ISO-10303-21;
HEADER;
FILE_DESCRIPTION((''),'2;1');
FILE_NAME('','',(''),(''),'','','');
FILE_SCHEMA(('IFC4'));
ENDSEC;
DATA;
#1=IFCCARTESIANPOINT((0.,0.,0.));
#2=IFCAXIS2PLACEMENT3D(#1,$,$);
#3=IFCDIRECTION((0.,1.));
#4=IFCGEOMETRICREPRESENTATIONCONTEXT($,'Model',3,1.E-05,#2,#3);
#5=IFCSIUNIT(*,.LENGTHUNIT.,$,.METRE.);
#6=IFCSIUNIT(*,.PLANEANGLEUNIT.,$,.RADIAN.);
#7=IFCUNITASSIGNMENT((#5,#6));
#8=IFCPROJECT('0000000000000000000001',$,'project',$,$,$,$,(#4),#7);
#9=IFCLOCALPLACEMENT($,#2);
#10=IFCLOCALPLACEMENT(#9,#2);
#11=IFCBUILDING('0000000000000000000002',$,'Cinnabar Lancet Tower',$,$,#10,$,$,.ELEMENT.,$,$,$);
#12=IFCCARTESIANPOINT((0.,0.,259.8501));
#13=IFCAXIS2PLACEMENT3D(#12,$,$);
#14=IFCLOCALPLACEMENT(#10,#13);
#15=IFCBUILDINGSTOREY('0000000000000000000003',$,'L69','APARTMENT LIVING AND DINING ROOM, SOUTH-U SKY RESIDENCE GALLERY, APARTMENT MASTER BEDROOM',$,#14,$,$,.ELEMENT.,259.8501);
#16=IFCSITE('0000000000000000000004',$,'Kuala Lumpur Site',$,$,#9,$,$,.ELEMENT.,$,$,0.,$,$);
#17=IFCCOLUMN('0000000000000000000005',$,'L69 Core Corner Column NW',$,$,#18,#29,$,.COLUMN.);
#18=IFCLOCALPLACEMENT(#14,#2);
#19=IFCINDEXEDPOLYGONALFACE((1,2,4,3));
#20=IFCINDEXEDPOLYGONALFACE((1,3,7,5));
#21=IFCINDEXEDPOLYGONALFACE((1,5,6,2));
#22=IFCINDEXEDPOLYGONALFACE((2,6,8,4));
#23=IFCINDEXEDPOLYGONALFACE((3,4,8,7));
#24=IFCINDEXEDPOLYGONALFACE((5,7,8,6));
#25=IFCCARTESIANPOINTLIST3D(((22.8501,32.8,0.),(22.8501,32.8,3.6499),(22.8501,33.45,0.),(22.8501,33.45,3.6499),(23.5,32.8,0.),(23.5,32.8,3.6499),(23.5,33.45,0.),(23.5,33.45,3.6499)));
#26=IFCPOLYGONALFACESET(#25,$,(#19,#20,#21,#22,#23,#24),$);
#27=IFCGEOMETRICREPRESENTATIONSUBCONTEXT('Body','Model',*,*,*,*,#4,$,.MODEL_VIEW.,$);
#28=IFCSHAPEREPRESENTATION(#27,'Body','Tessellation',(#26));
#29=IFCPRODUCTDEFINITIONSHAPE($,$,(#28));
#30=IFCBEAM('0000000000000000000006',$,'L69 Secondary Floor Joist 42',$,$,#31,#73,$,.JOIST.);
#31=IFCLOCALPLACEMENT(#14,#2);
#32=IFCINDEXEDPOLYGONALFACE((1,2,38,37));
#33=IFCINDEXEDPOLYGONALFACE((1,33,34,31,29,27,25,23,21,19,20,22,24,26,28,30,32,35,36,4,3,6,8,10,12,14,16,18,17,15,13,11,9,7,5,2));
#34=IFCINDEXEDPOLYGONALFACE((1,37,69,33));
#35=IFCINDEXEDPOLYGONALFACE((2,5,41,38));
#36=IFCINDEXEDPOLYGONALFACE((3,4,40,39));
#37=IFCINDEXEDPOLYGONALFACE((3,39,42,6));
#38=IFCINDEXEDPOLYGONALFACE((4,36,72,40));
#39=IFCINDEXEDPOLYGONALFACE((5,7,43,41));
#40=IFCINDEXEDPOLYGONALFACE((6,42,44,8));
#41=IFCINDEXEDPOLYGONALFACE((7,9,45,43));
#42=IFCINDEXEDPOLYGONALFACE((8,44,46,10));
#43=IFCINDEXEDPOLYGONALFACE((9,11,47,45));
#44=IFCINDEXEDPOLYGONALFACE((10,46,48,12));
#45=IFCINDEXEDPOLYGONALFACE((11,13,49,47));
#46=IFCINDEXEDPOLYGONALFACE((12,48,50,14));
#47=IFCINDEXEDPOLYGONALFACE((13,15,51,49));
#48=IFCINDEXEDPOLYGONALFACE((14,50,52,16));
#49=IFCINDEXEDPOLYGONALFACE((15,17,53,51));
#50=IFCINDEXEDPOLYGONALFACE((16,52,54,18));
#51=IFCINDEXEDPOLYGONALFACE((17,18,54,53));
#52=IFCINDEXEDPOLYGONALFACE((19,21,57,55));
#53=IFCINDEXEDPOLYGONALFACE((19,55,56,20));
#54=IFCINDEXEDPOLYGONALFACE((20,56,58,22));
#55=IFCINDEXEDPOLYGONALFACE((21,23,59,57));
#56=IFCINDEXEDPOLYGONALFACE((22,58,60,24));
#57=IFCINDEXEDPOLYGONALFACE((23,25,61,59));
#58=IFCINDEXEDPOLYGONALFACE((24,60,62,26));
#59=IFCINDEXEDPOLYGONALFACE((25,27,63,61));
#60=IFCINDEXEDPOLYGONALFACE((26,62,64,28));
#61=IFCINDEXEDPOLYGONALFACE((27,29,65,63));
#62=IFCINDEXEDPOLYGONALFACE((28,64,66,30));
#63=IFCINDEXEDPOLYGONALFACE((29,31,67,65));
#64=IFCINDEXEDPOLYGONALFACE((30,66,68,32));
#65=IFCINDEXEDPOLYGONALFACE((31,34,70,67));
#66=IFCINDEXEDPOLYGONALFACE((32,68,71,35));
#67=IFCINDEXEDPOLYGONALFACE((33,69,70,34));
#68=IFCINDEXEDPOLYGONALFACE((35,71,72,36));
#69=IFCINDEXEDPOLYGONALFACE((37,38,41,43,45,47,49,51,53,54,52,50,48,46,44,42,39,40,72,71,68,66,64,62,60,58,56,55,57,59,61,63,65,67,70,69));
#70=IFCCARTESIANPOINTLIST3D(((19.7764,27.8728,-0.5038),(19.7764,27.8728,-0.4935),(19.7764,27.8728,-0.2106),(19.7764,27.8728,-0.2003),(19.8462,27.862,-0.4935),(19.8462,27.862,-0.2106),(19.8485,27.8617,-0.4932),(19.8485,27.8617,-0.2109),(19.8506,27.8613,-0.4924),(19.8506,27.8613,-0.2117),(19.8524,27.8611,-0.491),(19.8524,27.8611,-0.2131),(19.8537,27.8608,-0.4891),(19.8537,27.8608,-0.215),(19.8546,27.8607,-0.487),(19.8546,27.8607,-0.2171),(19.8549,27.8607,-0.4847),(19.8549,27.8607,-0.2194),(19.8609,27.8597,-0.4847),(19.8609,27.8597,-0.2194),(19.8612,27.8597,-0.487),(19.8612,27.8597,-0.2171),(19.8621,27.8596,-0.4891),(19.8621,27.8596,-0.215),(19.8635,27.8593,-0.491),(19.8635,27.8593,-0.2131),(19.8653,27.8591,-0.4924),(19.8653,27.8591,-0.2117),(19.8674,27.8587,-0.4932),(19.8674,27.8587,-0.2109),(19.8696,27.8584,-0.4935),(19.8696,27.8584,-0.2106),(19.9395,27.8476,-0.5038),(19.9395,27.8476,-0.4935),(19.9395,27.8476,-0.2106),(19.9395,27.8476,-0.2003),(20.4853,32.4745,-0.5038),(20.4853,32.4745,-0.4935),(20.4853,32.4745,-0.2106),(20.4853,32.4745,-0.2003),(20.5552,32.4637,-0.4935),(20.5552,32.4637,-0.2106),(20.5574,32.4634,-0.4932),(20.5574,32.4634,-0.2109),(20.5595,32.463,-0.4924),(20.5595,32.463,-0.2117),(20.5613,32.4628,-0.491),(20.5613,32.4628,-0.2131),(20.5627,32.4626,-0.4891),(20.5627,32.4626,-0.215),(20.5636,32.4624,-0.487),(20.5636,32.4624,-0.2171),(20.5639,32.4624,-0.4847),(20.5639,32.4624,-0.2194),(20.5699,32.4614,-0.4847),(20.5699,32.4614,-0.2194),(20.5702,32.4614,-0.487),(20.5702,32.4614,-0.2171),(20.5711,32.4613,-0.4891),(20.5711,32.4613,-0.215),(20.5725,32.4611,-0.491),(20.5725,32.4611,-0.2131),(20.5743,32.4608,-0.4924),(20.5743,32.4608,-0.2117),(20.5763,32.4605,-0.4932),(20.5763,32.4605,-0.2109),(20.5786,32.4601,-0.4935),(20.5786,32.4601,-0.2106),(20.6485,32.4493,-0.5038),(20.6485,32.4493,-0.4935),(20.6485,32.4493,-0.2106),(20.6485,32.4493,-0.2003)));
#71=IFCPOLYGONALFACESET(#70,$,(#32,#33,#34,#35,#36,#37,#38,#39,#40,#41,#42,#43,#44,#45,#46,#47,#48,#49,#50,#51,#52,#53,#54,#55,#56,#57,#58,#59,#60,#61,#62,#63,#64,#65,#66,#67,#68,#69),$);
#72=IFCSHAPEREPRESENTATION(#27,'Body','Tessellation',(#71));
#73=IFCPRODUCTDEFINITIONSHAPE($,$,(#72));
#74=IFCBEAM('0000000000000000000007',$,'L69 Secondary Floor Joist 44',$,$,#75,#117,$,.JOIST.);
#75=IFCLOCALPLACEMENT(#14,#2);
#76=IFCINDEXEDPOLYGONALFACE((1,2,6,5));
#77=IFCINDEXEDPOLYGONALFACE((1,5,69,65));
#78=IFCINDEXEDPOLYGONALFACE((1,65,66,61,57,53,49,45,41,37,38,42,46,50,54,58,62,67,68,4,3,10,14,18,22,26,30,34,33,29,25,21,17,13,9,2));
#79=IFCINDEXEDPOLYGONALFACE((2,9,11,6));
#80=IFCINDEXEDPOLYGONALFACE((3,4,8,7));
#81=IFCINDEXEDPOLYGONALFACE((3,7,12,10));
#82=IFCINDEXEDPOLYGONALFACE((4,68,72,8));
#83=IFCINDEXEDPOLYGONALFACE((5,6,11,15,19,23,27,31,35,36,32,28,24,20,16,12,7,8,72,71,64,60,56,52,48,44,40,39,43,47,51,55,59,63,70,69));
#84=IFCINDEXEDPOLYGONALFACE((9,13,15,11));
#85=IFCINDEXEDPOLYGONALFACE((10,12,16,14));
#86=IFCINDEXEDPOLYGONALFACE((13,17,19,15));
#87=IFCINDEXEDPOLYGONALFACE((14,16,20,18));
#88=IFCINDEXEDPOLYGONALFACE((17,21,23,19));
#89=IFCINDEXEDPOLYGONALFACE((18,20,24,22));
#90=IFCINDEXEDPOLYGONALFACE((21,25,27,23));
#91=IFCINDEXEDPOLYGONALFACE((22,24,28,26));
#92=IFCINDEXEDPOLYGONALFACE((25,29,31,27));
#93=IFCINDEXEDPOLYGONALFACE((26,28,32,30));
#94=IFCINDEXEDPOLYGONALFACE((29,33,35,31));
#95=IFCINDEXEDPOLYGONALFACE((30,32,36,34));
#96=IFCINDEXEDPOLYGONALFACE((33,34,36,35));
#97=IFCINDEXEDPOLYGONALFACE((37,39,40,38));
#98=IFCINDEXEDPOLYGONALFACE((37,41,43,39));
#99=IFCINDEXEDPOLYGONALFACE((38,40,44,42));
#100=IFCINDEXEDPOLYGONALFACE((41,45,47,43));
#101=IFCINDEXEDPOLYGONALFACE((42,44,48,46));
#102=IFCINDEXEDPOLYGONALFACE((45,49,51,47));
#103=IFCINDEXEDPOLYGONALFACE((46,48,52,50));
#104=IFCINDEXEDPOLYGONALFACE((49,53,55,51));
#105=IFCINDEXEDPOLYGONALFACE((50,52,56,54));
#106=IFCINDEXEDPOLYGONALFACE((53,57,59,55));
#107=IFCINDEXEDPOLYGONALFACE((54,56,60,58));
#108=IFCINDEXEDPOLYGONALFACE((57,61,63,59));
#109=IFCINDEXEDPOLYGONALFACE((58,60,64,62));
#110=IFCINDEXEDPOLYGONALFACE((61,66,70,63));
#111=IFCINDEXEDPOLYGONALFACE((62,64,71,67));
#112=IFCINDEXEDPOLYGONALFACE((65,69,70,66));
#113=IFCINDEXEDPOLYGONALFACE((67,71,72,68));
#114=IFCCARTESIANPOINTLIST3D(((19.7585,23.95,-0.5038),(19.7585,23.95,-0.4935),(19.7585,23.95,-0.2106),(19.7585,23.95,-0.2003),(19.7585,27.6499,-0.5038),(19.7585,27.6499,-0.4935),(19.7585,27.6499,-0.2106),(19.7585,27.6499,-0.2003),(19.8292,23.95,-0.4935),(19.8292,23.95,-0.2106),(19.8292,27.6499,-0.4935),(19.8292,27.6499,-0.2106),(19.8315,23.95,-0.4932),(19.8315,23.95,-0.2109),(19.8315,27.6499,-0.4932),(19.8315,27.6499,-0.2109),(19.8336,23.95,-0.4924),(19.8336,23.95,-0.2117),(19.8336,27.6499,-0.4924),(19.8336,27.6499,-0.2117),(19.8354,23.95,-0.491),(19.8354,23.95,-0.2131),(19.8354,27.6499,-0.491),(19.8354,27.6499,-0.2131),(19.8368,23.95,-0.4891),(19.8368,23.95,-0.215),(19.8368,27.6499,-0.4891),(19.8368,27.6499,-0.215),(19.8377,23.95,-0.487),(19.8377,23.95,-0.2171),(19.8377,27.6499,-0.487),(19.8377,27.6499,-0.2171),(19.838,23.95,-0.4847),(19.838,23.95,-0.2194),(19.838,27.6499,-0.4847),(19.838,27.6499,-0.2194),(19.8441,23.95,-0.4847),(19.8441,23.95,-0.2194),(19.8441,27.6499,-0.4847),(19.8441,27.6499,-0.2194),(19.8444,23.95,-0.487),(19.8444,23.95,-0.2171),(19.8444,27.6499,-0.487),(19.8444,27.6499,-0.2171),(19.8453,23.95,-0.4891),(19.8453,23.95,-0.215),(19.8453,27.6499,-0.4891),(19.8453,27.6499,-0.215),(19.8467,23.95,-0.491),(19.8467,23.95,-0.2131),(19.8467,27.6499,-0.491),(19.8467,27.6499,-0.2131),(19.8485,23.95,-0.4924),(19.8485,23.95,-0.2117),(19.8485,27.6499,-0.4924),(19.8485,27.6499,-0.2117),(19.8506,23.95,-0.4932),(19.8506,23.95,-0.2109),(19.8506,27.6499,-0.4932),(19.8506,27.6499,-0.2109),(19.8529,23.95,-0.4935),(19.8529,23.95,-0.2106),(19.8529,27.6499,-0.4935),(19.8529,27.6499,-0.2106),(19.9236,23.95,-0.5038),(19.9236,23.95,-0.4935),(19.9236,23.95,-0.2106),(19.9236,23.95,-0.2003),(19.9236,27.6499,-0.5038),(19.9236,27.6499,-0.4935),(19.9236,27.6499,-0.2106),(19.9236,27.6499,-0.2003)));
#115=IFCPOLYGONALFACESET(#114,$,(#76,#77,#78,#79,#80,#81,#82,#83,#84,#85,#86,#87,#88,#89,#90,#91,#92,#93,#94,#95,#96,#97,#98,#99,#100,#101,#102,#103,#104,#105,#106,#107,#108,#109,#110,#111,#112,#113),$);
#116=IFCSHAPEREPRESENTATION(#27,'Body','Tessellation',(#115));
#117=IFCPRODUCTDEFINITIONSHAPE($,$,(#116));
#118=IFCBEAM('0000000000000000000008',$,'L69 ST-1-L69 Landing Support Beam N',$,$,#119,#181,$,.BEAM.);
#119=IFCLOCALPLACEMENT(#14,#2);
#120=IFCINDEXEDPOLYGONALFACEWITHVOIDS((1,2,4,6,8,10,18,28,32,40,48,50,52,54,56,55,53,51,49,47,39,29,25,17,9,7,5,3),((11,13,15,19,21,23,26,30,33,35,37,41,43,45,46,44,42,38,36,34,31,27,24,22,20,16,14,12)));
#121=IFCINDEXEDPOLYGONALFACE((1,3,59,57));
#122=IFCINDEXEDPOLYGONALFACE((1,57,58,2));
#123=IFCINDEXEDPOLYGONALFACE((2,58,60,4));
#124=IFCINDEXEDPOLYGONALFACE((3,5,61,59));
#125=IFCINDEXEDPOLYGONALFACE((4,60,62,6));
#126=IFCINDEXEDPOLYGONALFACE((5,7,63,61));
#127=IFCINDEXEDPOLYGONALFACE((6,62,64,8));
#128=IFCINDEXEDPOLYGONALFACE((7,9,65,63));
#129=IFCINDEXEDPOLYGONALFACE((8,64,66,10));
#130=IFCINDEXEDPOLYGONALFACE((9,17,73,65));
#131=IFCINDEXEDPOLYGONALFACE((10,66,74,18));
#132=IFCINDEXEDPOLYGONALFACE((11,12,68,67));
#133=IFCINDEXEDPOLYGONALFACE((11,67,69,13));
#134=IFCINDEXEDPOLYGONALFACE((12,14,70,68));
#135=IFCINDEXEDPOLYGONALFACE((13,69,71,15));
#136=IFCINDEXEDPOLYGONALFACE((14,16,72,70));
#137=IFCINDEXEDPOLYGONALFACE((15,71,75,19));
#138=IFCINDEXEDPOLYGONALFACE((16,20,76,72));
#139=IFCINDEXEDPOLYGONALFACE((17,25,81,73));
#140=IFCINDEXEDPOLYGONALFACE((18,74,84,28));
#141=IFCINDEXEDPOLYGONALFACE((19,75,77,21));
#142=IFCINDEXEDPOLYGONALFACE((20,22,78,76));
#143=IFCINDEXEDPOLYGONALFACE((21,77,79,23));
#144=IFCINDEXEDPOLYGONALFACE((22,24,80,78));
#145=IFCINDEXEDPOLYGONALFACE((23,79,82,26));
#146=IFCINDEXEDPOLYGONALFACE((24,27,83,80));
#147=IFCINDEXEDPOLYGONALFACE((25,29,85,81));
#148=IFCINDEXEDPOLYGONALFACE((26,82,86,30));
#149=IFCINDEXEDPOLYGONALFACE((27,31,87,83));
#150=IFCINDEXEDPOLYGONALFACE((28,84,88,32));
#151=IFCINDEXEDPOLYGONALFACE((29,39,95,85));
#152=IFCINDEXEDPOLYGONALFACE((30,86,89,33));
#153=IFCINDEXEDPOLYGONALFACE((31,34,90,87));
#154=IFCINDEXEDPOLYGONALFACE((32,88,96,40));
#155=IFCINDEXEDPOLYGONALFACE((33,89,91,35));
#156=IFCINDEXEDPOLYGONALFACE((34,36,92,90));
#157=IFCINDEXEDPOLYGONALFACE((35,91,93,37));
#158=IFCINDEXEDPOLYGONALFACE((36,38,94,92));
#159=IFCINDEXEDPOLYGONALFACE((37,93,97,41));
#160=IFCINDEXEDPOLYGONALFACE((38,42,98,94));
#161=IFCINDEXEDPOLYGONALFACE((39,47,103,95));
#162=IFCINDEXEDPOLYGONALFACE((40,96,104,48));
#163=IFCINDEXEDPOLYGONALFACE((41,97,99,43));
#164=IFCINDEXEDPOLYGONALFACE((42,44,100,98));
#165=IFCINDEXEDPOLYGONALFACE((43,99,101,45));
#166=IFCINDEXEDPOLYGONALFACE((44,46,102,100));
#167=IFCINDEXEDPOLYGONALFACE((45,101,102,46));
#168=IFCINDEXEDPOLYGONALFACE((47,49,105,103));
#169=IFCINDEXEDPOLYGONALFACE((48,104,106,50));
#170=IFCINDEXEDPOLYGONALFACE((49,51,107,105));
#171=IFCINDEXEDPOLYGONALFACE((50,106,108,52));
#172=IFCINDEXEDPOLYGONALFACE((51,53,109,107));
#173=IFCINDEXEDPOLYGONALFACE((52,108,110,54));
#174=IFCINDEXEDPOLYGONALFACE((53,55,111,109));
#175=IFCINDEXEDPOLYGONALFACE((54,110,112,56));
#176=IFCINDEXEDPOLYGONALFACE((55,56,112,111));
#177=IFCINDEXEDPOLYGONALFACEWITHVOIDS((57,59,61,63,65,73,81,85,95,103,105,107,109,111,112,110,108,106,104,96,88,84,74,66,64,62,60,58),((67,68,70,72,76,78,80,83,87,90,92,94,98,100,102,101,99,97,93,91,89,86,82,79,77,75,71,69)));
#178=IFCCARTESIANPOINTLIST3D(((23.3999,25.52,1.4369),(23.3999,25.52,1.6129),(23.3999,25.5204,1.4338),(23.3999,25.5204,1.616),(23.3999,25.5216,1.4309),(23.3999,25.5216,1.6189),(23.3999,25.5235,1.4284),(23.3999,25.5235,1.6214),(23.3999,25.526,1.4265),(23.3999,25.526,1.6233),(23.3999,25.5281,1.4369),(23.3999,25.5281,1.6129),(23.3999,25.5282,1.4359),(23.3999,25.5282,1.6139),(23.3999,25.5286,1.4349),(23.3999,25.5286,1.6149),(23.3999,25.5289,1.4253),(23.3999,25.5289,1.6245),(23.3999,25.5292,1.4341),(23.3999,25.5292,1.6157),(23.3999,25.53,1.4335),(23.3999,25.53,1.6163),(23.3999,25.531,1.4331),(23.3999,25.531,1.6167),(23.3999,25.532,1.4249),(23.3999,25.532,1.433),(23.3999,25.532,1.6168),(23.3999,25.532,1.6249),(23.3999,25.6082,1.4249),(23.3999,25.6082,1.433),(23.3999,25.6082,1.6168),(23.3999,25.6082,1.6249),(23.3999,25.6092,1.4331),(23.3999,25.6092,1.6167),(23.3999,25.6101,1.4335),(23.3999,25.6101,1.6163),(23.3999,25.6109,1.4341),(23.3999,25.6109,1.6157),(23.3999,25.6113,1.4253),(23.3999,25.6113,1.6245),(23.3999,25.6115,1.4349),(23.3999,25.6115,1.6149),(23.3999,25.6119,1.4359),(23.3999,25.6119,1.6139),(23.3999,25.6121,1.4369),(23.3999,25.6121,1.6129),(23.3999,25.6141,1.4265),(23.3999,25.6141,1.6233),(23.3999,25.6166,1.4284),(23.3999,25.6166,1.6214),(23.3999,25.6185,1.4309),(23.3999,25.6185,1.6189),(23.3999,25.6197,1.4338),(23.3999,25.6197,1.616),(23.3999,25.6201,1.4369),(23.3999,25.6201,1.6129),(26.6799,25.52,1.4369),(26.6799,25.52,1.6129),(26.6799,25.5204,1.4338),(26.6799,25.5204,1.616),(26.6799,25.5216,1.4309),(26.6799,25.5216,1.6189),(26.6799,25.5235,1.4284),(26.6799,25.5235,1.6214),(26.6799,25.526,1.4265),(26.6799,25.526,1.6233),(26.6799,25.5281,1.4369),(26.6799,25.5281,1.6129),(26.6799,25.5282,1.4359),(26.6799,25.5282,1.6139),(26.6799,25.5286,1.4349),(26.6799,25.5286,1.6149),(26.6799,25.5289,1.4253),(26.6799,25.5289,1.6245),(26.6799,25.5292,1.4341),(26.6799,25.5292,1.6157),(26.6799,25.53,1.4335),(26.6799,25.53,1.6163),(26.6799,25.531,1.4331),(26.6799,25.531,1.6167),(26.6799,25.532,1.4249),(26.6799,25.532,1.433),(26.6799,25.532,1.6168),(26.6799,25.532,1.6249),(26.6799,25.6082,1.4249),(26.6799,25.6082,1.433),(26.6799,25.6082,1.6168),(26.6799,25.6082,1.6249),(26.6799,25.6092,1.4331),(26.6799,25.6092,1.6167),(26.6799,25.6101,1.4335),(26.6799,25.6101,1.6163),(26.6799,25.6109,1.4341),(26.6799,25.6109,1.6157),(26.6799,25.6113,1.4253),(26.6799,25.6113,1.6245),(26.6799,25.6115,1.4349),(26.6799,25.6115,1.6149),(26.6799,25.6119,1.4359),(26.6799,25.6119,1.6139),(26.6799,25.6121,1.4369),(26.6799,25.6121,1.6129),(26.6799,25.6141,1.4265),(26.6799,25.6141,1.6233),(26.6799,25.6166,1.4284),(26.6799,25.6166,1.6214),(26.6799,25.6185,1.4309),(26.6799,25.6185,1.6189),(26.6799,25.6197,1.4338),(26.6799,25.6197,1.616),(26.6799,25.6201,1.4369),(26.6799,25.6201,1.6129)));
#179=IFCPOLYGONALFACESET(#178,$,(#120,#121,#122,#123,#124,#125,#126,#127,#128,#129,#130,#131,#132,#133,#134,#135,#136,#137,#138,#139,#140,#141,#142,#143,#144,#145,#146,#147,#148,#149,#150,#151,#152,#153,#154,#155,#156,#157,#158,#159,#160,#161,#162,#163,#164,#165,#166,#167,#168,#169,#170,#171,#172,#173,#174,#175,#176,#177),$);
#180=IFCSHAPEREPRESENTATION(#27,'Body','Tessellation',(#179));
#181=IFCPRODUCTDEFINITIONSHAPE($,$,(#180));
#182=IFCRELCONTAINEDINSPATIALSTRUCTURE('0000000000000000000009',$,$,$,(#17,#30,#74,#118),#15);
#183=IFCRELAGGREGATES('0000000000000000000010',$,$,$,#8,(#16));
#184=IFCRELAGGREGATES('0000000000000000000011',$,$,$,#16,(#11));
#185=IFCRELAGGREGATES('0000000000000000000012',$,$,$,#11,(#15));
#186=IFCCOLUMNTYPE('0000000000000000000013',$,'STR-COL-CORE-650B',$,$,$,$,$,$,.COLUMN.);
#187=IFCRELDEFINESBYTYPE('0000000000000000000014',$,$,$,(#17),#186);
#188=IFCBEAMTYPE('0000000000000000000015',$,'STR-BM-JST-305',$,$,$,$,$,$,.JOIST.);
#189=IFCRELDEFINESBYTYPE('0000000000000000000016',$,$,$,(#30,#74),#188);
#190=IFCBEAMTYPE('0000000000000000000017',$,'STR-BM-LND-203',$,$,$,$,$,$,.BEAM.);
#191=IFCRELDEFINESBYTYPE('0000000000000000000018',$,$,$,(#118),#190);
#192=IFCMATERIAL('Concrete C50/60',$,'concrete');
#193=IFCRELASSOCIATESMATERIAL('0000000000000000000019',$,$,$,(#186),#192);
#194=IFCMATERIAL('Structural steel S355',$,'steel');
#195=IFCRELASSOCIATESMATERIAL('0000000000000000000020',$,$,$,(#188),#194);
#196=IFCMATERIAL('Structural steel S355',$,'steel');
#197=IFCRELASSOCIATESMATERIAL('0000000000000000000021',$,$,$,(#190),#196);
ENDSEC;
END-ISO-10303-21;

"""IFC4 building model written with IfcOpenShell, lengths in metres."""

from ifc_helpers import new_model, si_unit, direction, frame, origin, origin_2d, place, context, subcontext, project, spatial, rectangle, hollow_rectangle, i_section, extrude, material, material_profile, profile_set, type_object, element, save


model = new_model("IFC4")

# Units and contexts
model_context = context("Model", 3, precision=1e-05, world=origin(), true_north=direction((0.0, 1.0)))
body_context = subcontext(model_context, "Body", "Model", "MODEL_VIEW")
ifc_project = project(units=[si_unit("LENGTHUNIT", "METRE"), si_unit("PLANEANGLEUNIT", "RADIAN")], contexts=[model_context])

# Site, building, storey
site_placement = place(None, origin())
site = spatial("IfcSite", under=ifc_project, at=site_placement, Name="Kuala Lumpur Site", CompositionType="ELEMENT", RefElevation=0.0)
building_placement = place(site_placement, origin())
building = spatial("IfcBuilding", under=site, at=building_placement, Name="Cinnabar Lancet Tower", CompositionType="ELEMENT")
storey_placement = place(building_placement, frame((0.0, 0.0, 259.8501)))
storey = spatial("IfcBuildingStorey", under=building, at=storey_placement, Name="L69", Description="APARTMENT LIVING AND DINING ROOM, SOUTH-U SKY RESIDENCE GALLERY, APARTMENT MASTER BEDROOM", CompositionType="ELEMENT", Elevation=259.8501)

# Column
ifc_material_1 = material(Name="Concrete C50/60", Category="concrete")
ifc_material_profile_1 = material_profile(ifc_material_1, rectangle(XDim=0.6499, YDim=0.6499, at=origin_2d()), Name="RC-COL 650x650")
ifc_profile_set_1 = profile_set([ifc_material_profile_1], Name="Concrete C50/60")
column_type = type_object("IfcColumnType", Name="STR-COL-CORE-650B", PredefinedType="COLUMN", material=ifc_profile_set_1)
column_placement = place(storey_placement, frame((23.175, 33.125, 0.0), z_axis=(0.0, 0.0, 1.0), x_axis=(1.0, 0.0, 0.0)))
element("IfcColumn", 1, at=column_placement, inside=storey, type_object=column_type, Name="L69 Core Corner Column NW", PredefinedType="COLUMN", context=body_context, shape_type="SweptSolid", body=[
    extrude(rectangle(XDim=0.6499, YDim=0.6499, at=origin_2d()), origin(), (0.0, 0.0, 1.0), 3.6499),
])

# Beams
ifc_material_2 = material(Name="Structural steel S355", Category="steel")
ifc_material_profile_2 = material_profile(ifc_material_2, i_section(OverallWidth=0.165, OverallDepth=0.3035, WebThickness=0.0061, FlangeThickness=0.0103, FilletRadius=0.0088, at=origin_2d()), Name="UKB 305x165x40")
ifc_profile_set_2 = profile_set([ifc_material_profile_2], Name="Structural steel S355")
beam_type_1 = type_object("IfcBeamType", Name="STR-BM-JST-305", PredefinedType="JOIST", material=ifc_profile_set_2)
beam_1_placement = place(storey_placement, frame((20.5669, 32.4619, -0.3521), z_axis=(-0.15227, -0.988339, 0.0), x_axis=(0.988339, -0.15227, 0.0)))
element("IfcBeam", 2, at=beam_1_placement, inside=storey, type_object=beam_type_1, Name="L69 Secondary Floor Joist 42", PredefinedType="JOIST", context=body_context, shape_type="SweptSolid", body=[
    extrude(i_section(OverallWidth=0.165, OverallDepth=0.3035, WebThickness=0.0061, FlangeThickness=0.0103, FilletRadius=0.0088, at=origin_2d()), origin(), (0.0, 0.0, 1.0), 4.656),
])
beam_2_placement = place(storey_placement, frame((19.8411, 27.6499, -0.3521), z_axis=(0.0, -1.0, 0.0), x_axis=(1.0, 0.0, 0.0)))
element("IfcBeam", 3, at=beam_2_placement, inside=storey, type_object=beam_type_1, Name="L69 Secondary Floor Joist 44", PredefinedType="JOIST", context=body_context, shape_type="SweptSolid", body=[
    extrude(i_section(OverallWidth=0.165, OverallDepth=0.3035, WebThickness=0.0061, FlangeThickness=0.0103, FilletRadius=0.0088, at=origin_2d()), origin(), (0.0, 0.0, 1.0), 3.7),
])
ifc_material_3 = material(Name="Structural steel S355", Category="steel")
ifc_material_profile_3 = material_profile(ifc_material_3, hollow_rectangle(XDim=0.1001, YDim=0.2, WallThickness=0.0081, InnerFilletRadius=0.0039, OuterFilletRadius=0.012, at=origin_2d()), Name="RHS 200x100x8")
ifc_profile_set_3 = profile_set([ifc_material_profile_3], Name="Structural steel S355")
beam_type_2 = type_object("IfcBeamType", Name="STR-BM-LND-203", PredefinedType="BEAM", material=ifc_profile_set_3)
beam_3_placement = place(storey_placement, frame((23.3999, 25.5701, 1.5249), z_axis=(1.0, 0.0, 0.0), x_axis=(0.0, 1.0, 0.0)))
element("IfcBeam", 4, at=beam_3_placement, inside=storey, type_object=beam_type_2, Name="L69 ST-1-L69 Landing Support Beam N", PredefinedType="BEAM", context=body_context, shape_type="SweptSolid", body=[
    extrude(hollow_rectangle(XDim=0.1001, YDim=0.2, WallThickness=0.0081, InnerFilletRadius=0.0039, OuterFilletRadius=0.012, at=origin_2d()), origin(), (0.0, 0.0, 1.0), 3.28),
])

save(model, "model.ifc")
